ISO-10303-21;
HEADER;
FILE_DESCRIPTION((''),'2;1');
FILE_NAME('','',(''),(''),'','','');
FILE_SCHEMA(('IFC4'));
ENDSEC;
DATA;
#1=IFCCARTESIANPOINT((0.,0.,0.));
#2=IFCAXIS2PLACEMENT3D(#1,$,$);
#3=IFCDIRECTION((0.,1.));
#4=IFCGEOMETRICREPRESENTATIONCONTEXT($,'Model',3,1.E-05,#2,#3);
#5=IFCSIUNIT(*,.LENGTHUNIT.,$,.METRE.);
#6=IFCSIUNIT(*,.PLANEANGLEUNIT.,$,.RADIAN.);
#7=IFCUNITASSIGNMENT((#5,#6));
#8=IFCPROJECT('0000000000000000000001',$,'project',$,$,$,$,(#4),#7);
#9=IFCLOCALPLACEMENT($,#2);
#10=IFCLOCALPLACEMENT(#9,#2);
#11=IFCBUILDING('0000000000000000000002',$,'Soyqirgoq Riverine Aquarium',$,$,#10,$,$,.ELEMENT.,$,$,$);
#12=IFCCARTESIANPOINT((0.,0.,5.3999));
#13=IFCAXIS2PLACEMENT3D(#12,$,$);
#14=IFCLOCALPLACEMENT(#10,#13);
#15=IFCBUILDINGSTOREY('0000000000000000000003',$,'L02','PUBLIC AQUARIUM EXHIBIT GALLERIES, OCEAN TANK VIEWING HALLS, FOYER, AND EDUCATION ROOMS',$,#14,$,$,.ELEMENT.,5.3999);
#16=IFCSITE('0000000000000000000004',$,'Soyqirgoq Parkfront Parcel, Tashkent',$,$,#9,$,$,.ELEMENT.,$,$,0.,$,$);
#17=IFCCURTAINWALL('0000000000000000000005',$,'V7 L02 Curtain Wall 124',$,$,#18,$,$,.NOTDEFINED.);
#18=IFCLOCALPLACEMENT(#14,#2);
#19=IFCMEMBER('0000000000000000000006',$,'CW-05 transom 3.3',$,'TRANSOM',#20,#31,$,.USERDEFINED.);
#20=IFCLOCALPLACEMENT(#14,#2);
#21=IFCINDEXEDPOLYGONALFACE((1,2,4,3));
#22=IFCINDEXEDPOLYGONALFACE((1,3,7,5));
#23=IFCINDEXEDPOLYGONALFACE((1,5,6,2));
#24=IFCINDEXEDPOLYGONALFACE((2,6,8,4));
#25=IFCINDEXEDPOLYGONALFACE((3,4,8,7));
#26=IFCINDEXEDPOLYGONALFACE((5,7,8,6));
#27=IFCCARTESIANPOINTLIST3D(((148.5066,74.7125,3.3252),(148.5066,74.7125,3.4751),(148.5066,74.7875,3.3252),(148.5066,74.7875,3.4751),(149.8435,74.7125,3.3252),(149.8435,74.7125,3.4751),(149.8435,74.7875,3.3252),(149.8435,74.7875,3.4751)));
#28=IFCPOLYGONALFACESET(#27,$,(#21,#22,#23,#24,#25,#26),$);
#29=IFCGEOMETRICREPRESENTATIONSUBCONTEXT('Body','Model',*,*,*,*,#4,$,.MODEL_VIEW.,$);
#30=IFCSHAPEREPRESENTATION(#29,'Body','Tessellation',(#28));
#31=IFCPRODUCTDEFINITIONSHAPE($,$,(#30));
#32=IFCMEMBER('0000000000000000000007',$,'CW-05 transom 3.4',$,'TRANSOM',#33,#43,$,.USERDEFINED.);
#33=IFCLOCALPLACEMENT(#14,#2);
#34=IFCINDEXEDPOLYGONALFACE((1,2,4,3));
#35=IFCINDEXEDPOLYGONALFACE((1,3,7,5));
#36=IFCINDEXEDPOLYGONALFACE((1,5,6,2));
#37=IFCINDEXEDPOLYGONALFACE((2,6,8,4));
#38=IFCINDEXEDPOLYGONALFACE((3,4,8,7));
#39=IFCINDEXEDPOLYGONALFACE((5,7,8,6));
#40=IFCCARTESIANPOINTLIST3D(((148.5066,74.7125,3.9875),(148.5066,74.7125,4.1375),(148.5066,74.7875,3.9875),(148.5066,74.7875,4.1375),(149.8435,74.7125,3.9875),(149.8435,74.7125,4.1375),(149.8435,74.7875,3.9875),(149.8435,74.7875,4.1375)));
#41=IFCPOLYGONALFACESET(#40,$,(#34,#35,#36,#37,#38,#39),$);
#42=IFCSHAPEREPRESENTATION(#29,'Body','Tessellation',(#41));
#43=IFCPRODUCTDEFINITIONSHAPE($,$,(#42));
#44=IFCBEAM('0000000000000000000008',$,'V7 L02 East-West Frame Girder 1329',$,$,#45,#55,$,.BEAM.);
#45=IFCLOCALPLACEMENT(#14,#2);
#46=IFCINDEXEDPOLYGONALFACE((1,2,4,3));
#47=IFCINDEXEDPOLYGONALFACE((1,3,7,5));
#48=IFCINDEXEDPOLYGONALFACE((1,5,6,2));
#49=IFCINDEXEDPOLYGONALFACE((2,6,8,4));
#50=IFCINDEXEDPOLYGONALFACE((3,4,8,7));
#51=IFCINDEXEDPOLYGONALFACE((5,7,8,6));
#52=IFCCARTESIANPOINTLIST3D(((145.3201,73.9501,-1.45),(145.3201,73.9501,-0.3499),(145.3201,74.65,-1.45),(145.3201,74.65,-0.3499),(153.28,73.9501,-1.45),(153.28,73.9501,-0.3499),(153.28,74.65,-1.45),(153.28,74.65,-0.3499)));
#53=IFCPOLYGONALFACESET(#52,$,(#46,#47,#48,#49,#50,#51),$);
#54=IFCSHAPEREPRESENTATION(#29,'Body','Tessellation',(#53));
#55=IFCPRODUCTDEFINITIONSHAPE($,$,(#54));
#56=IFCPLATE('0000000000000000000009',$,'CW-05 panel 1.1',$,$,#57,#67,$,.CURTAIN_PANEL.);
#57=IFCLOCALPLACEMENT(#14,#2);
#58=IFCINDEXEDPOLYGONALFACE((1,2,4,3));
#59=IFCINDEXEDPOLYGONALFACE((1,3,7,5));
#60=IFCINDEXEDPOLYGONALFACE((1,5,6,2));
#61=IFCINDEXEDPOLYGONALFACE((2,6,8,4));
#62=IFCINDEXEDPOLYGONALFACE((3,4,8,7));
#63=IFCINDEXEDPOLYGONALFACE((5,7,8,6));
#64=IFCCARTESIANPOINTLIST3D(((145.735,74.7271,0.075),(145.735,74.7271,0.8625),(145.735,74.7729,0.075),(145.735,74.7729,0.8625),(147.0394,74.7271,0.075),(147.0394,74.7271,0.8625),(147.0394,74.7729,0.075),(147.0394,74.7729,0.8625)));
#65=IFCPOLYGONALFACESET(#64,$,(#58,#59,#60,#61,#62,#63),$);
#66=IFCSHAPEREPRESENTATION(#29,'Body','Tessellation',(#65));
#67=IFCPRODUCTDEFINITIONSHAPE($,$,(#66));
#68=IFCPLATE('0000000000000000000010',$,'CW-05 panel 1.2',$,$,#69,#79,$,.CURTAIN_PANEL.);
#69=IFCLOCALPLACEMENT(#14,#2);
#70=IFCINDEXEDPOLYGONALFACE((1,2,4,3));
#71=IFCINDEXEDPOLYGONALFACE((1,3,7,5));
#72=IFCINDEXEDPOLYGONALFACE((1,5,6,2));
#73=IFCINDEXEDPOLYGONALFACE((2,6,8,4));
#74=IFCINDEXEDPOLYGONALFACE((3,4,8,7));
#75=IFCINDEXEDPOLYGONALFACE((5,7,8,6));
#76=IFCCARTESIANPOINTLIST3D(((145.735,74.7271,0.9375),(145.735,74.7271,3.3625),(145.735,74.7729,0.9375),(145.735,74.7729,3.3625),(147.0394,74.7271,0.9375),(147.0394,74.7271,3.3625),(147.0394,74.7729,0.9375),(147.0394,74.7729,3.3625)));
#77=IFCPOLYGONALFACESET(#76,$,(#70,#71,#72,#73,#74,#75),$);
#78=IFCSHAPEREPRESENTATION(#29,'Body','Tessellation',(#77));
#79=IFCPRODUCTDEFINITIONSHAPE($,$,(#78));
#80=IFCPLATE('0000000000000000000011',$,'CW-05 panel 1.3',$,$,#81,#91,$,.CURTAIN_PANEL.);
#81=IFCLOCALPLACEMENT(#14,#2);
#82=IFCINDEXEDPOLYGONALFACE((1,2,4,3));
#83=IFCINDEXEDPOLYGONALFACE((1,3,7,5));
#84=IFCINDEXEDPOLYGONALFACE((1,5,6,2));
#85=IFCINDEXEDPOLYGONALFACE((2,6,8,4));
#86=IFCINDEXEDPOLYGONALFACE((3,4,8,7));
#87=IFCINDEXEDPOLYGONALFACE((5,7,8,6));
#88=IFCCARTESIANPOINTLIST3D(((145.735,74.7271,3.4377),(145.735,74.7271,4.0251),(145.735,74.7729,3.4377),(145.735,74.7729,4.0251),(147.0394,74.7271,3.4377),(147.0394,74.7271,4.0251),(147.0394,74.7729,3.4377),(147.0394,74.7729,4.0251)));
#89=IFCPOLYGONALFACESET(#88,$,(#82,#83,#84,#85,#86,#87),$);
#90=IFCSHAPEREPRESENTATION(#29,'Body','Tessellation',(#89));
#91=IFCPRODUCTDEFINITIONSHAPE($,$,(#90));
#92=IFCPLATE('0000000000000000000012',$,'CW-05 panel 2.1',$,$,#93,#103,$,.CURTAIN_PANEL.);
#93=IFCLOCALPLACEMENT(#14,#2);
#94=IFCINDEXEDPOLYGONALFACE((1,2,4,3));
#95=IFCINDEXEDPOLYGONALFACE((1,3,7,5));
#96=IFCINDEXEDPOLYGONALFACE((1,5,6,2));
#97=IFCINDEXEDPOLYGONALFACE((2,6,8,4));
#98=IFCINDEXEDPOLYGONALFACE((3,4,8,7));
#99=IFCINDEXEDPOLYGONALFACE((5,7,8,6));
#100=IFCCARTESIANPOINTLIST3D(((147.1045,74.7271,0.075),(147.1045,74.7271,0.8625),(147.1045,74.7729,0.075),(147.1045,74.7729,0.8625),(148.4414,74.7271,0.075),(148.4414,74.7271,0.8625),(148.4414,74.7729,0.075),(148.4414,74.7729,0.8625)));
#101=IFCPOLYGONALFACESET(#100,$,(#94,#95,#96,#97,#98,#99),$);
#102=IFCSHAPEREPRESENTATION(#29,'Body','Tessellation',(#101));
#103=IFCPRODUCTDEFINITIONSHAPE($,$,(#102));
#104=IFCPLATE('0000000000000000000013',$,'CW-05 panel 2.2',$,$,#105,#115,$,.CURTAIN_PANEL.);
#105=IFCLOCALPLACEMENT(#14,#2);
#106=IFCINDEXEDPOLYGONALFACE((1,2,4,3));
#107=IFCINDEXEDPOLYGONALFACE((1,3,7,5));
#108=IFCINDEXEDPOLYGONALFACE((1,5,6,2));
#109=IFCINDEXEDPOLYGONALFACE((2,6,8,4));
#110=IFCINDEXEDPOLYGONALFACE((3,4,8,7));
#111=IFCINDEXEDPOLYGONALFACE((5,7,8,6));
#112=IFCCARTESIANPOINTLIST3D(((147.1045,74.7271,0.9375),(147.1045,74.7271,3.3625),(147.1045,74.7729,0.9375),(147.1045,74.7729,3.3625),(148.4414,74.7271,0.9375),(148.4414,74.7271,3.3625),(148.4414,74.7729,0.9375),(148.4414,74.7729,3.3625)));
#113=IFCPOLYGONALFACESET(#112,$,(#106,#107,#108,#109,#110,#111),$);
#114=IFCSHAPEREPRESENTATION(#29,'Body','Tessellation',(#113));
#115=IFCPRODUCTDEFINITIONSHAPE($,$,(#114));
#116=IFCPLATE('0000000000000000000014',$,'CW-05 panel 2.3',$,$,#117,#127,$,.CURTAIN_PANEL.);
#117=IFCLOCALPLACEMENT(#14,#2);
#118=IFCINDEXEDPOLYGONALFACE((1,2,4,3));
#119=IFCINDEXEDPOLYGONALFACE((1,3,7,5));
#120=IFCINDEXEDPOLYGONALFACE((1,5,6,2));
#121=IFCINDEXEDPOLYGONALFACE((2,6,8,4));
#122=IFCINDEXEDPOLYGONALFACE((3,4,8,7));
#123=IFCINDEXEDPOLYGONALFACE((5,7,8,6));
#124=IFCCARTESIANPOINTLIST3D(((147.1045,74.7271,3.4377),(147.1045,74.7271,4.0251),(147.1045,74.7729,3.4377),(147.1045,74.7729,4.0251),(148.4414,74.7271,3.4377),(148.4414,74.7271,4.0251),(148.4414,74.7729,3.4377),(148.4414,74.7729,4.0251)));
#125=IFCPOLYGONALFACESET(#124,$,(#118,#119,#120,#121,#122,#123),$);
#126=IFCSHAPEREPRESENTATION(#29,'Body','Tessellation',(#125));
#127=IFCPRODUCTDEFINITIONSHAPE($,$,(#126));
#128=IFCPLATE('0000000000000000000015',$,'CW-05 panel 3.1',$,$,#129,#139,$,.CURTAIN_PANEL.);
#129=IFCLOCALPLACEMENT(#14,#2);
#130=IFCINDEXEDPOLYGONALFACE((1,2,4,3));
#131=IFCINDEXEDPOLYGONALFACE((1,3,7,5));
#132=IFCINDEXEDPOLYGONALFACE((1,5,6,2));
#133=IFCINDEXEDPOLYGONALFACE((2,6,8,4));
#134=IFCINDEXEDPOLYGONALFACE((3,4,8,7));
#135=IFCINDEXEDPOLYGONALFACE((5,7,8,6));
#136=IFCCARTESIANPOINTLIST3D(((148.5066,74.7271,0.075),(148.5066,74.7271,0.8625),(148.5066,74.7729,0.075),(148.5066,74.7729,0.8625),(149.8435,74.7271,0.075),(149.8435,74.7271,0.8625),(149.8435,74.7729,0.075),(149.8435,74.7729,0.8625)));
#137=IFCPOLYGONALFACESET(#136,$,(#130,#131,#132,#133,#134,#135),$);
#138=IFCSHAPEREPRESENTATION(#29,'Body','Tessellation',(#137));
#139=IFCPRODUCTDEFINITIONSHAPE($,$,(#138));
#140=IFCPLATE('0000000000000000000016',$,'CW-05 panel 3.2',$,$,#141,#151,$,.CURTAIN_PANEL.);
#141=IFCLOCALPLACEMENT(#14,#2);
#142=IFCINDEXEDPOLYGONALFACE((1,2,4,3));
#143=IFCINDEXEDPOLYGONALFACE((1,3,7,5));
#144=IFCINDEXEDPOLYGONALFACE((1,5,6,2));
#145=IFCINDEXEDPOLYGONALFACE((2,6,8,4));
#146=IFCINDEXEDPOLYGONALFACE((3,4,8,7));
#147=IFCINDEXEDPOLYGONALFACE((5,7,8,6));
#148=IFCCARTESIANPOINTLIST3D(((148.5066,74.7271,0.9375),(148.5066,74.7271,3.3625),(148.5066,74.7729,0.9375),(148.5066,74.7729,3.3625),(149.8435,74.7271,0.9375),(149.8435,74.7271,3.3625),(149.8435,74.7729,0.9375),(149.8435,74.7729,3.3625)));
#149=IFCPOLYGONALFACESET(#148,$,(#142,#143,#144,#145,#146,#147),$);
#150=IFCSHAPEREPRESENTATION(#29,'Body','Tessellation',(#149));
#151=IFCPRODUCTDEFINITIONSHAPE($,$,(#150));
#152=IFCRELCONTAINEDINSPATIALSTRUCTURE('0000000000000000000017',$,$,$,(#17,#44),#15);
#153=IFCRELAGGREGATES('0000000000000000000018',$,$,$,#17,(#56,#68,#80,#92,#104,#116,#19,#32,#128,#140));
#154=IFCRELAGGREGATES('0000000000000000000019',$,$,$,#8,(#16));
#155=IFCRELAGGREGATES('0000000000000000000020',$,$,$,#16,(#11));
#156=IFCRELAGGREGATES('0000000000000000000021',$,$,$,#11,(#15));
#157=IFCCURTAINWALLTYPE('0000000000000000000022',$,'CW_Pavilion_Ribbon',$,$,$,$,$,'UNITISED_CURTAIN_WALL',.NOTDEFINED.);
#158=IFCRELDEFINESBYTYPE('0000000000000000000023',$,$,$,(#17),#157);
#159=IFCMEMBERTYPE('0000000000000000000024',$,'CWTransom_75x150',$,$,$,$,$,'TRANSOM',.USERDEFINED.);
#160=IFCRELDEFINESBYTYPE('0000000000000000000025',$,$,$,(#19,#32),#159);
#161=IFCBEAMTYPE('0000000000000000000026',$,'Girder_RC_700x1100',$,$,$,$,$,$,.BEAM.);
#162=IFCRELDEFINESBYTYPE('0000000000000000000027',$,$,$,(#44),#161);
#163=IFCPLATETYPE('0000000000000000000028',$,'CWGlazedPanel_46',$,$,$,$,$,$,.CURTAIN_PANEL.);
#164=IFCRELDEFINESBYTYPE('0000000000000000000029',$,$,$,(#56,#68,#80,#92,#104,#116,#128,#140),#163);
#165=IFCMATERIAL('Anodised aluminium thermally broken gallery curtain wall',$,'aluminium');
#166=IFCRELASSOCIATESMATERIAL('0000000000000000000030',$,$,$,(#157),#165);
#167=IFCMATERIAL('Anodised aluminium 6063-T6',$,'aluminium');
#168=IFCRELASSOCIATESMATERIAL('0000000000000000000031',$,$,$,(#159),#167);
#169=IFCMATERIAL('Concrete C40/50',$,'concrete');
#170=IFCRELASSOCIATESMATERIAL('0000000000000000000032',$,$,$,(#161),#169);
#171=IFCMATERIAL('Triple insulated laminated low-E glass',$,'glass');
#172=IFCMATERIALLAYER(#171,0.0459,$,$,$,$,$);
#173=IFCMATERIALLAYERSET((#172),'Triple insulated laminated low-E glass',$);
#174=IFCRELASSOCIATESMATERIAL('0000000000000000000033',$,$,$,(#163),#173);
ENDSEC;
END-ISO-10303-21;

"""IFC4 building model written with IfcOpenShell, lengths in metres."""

from ifc_helpers import new_model, si_unit, direction, frame, origin, origin_2d, place, context, subcontext, project, spatial, rectangle, extrude, material, layer, layer_set, material_profile, profile_set, type_object, element, aggregate, save


model = new_model("IFC4")

# Units and contexts
model_context = context("Model", 3, precision=1e-05, world=origin(), true_north=direction((0.0, 1.0)))
body_context = subcontext(model_context, "Body", "Model", "MODEL_VIEW")
ifc_project = project(units=[si_unit("LENGTHUNIT", "METRE"), si_unit("PLANEANGLEUNIT", "RADIAN")], contexts=[model_context])

# Site, building, storey
site_placement = place(None, origin())
site = spatial("IfcSite", under=ifc_project, at=site_placement, Name="Soyqirgoq Parkfront Parcel, Tashkent", CompositionType="ELEMENT", RefElevation=0.0)
building_placement = place(site_placement, origin())
building = spatial("IfcBuilding", under=site, at=building_placement, Name="Soyqirgoq Riverine Aquarium", CompositionType="ELEMENT")
storey_placement = place(building_placement, frame((0.0, 0.0, 5.3999)))
storey = spatial("IfcBuildingStorey", under=building, at=storey_placement, Name="L02", Description="PUBLIC AQUARIUM EXHIBIT GALLERIES, OCEAN TANK VIEWING HALLS, FOYER, AND EDUCATION ROOMS", CompositionType="ELEMENT", Elevation=5.3999)

# Curtain wall, members
ifc_material_1 = material(Name="Anodised aluminium thermally broken gallery curtain wall", Category="aluminium")
curtain_wall_type = type_object("IfcCurtainWallType", Name="CW_Pavilion_Ribbon", ElementType="UNITISED_CURTAIN_WALL", PredefinedType="NOTDEFINED", material=ifc_material_1)
curtain_wall_placement = place(storey_placement, origin())
curtain_wall = element("IfcCurtainWall", 1, at=curtain_wall_placement, inside=storey, type_object=curtain_wall_type, Name="V7 L02 Curtain Wall 124", PredefinedType="NOTDEFINED")
ifc_material_2 = material(Name="Anodised aluminium 6063-T6", Category="aluminium")
ifc_material_profile_1 = material_profile(ifc_material_2, rectangle(XDim=0.075, YDim=0.1499, at=origin_2d()), Name="ALU-T 75x150")
ifc_profile_set_1 = profile_set([ifc_material_profile_1], Name="Anodised aluminium 6063-T6")
member_type_1 = type_object("IfcMemberType", Name="CWTransom_75x150", ElementType="TRANSOM", PredefinedType="USERDEFINED", material=ifc_profile_set_1)
member_1_placement = place(storey_placement, frame((148.5066, 74.75, 3.4001), z_axis=(1.0, 0.0, 0.0), x_axis=(0.0, 1.0, 0.0)))
member_1 = element("IfcMember", 2, at=member_1_placement, type_object=member_type_1, Name="CW-05 transom 3.3", ObjectType="TRANSOM", PredefinedType="USERDEFINED", context=body_context, shape_type="SweptSolid", body=[
    extrude(rectangle(XDim=0.075, YDim=0.1499, at=origin_2d()), origin(), (0.0, 0.0, 1.0), 1.3369),
])
member_2_placement = place(storey_placement, frame((148.5066, 74.75, 4.0625), z_axis=(1.0, 0.0, 0.0), x_axis=(0.0, 1.0, 0.0)))
member_2 = element("IfcMember", 3, at=member_2_placement, type_object=member_type_1, Name="CW-05 transom 3.4", ObjectType="TRANSOM", PredefinedType="USERDEFINED", context=body_context, shape_type="SweptSolid", body=[
    extrude(rectangle(XDim=0.075, YDim=0.1499, at=origin_2d()), origin(), (0.0, 0.0, 1.0), 1.3369),
])

# Beam
ifc_material_3 = material(Name="Concrete C40/50", Category="concrete")
ifc_material_profile_2 = material_profile(ifc_material_3, rectangle(XDim=0.7, YDim=1.1001, at=origin_2d()), Name="RC 700x1100")
ifc_profile_set_2 = profile_set([ifc_material_profile_2], Name="Concrete C40/50")
beam_type_1 = type_object("IfcBeamType", Name="Girder_RC_700x1100", PredefinedType="BEAM", material=ifc_profile_set_2)
beam_1_placement = place(storey_placement, frame((145.3201, 74.3, -0.8999), z_axis=(1.0, 0.0, 0.0), x_axis=(0.0, 1.0, 0.0)))
element("IfcBeam", 4, at=beam_1_placement, inside=storey, type_object=beam_type_1, Name="V7 L02 East-West Frame Girder 1329", PredefinedType="BEAM", context=body_context, shape_type="SweptSolid", body=[
    extrude(rectangle(XDim=0.7, YDim=1.1001, at=origin_2d()), origin(), (0.0, 0.0, 1.0), 7.96),
])

# Plates
ifc_material_4 = material(Name="Triple insulated laminated low-E glass", Category="glass")
ifc_layer = layer(ifc_material_4, 0.0459)
ifc_layer_set = layer_set([ifc_layer], Name="Triple insulated laminated low-E glass")
plate_type = type_object("IfcPlateType", Name="CWGlazedPanel_46", PredefinedType="CURTAIN_PANEL", material=ifc_layer_set)
plate_1_placement = place(storey_placement, frame((146.3872, 74.75, 0.075), z_axis=(0.0, 0.0, 1.0), x_axis=(1.0, 0.0, 0.0)))
plate_1 = element("IfcPlate", 5, at=plate_1_placement, type_object=plate_type, Name="CW-05 panel 1.1", PredefinedType="CURTAIN_PANEL", context=body_context, shape_type="SweptSolid", body=[
    extrude(rectangle(XDim=1.3044, YDim=0.0459, at=origin_2d()), origin(), (0.0, 0.0, 1.0), 0.7876),
])
plate_2_placement = place(storey_placement, frame((146.3872, 74.75, 0.9375), z_axis=(0.0, 0.0, 1.0), x_axis=(1.0, 0.0, 0.0)))
plate_2 = element("IfcPlate", 6, at=plate_2_placement, type_object=plate_type, Name="CW-05 panel 1.2", PredefinedType="CURTAIN_PANEL", context=body_context, shape_type="SweptSolid", body=[
    extrude(rectangle(XDim=1.3044, YDim=0.0459, at=origin_2d()), origin(), (0.0, 0.0, 1.0), 2.425),
])
plate_3_placement = place(storey_placement, frame((146.3872, 74.75, 3.4377), z_axis=(0.0, 0.0, 1.0), x_axis=(1.0, 0.0, 0.0)))
plate_3 = element("IfcPlate", 7, at=plate_3_placement, type_object=plate_type, Name="CW-05 panel 1.3", PredefinedType="CURTAIN_PANEL", context=body_context, shape_type="SweptSolid", body=[
    extrude(rectangle(XDim=1.3044, YDim=0.0459, at=origin_2d()), origin(), (0.0, 0.0, 1.0), 0.5874),
])
plate_4_placement = place(storey_placement, frame((147.7729, 74.75, 0.075), z_axis=(0.0, 0.0, 1.0), x_axis=(1.0, 0.0, 0.0)))
plate_4 = element("IfcPlate", 8, at=plate_4_placement, type_object=plate_type, Name="CW-05 panel 2.1", PredefinedType="CURTAIN_PANEL", context=body_context, shape_type="SweptSolid", body=[
    extrude(rectangle(XDim=1.3369, YDim=0.0459, at=origin_2d()), origin(), (0.0, 0.0, 1.0), 0.7876),
])
plate_5_placement = place(storey_placement, frame((147.7729, 74.75, 0.9375), z_axis=(0.0, 0.0, 1.0), x_axis=(1.0, 0.0, 0.0)))
plate_5 = element("IfcPlate", 9, at=plate_5_placement, type_object=plate_type, Name="CW-05 panel 2.2", PredefinedType="CURTAIN_PANEL", context=body_context, shape_type="SweptSolid", body=[
    extrude(rectangle(XDim=1.3369, YDim=0.0459, at=origin_2d()), origin(), (0.0, 0.0, 1.0), 2.425),
])
plate_6_placement = place(storey_placement, frame((147.7729, 74.75, 3.4377), z_axis=(0.0, 0.0, 1.0), x_axis=(1.0, 0.0, 0.0)))
plate_6 = element("IfcPlate", 10, at=plate_6_placement, type_object=plate_type, Name="CW-05 panel 2.3", PredefinedType="CURTAIN_PANEL", context=body_context, shape_type="SweptSolid", body=[
    extrude(rectangle(XDim=1.3369, YDim=0.0459, at=origin_2d()), origin(), (0.0, 0.0, 1.0), 0.5874),
])
plate_7_placement = place(storey_placement, frame((149.175, 74.75, 0.075), z_axis=(0.0, 0.0, 1.0), x_axis=(1.0, 0.0, 0.0)))
plate_7 = element("IfcPlate", 11, at=plate_7_placement, type_object=plate_type, Name="CW-05 panel 3.1", PredefinedType="CURTAIN_PANEL", context=body_context, shape_type="SweptSolid", body=[
    extrude(rectangle(XDim=1.3369, YDim=0.0459, at=origin_2d()), origin(), (0.0, 0.0, 1.0), 0.7876),
])
plate_8_placement = place(storey_placement, frame((149.175, 74.75, 0.9375), z_axis=(0.0, 0.0, 1.0), x_axis=(1.0, 0.0, 0.0)))
plate_8 = element("IfcPlate", 12, at=plate_8_placement, type_object=plate_type, Name="CW-05 panel 3.2", PredefinedType="CURTAIN_PANEL", context=body_context, shape_type="SweptSolid", body=[
    extrude(rectangle(XDim=1.3369, YDim=0.0459, at=origin_2d()), origin(), (0.0, 0.0, 1.0), 2.425),
])
aggregate(curtain_wall, [plate_1, plate_2, plate_3, plate_4, plate_5, plate_6, member_1, member_2, plate_7, plate_8])

save(model, "model.ifc")
